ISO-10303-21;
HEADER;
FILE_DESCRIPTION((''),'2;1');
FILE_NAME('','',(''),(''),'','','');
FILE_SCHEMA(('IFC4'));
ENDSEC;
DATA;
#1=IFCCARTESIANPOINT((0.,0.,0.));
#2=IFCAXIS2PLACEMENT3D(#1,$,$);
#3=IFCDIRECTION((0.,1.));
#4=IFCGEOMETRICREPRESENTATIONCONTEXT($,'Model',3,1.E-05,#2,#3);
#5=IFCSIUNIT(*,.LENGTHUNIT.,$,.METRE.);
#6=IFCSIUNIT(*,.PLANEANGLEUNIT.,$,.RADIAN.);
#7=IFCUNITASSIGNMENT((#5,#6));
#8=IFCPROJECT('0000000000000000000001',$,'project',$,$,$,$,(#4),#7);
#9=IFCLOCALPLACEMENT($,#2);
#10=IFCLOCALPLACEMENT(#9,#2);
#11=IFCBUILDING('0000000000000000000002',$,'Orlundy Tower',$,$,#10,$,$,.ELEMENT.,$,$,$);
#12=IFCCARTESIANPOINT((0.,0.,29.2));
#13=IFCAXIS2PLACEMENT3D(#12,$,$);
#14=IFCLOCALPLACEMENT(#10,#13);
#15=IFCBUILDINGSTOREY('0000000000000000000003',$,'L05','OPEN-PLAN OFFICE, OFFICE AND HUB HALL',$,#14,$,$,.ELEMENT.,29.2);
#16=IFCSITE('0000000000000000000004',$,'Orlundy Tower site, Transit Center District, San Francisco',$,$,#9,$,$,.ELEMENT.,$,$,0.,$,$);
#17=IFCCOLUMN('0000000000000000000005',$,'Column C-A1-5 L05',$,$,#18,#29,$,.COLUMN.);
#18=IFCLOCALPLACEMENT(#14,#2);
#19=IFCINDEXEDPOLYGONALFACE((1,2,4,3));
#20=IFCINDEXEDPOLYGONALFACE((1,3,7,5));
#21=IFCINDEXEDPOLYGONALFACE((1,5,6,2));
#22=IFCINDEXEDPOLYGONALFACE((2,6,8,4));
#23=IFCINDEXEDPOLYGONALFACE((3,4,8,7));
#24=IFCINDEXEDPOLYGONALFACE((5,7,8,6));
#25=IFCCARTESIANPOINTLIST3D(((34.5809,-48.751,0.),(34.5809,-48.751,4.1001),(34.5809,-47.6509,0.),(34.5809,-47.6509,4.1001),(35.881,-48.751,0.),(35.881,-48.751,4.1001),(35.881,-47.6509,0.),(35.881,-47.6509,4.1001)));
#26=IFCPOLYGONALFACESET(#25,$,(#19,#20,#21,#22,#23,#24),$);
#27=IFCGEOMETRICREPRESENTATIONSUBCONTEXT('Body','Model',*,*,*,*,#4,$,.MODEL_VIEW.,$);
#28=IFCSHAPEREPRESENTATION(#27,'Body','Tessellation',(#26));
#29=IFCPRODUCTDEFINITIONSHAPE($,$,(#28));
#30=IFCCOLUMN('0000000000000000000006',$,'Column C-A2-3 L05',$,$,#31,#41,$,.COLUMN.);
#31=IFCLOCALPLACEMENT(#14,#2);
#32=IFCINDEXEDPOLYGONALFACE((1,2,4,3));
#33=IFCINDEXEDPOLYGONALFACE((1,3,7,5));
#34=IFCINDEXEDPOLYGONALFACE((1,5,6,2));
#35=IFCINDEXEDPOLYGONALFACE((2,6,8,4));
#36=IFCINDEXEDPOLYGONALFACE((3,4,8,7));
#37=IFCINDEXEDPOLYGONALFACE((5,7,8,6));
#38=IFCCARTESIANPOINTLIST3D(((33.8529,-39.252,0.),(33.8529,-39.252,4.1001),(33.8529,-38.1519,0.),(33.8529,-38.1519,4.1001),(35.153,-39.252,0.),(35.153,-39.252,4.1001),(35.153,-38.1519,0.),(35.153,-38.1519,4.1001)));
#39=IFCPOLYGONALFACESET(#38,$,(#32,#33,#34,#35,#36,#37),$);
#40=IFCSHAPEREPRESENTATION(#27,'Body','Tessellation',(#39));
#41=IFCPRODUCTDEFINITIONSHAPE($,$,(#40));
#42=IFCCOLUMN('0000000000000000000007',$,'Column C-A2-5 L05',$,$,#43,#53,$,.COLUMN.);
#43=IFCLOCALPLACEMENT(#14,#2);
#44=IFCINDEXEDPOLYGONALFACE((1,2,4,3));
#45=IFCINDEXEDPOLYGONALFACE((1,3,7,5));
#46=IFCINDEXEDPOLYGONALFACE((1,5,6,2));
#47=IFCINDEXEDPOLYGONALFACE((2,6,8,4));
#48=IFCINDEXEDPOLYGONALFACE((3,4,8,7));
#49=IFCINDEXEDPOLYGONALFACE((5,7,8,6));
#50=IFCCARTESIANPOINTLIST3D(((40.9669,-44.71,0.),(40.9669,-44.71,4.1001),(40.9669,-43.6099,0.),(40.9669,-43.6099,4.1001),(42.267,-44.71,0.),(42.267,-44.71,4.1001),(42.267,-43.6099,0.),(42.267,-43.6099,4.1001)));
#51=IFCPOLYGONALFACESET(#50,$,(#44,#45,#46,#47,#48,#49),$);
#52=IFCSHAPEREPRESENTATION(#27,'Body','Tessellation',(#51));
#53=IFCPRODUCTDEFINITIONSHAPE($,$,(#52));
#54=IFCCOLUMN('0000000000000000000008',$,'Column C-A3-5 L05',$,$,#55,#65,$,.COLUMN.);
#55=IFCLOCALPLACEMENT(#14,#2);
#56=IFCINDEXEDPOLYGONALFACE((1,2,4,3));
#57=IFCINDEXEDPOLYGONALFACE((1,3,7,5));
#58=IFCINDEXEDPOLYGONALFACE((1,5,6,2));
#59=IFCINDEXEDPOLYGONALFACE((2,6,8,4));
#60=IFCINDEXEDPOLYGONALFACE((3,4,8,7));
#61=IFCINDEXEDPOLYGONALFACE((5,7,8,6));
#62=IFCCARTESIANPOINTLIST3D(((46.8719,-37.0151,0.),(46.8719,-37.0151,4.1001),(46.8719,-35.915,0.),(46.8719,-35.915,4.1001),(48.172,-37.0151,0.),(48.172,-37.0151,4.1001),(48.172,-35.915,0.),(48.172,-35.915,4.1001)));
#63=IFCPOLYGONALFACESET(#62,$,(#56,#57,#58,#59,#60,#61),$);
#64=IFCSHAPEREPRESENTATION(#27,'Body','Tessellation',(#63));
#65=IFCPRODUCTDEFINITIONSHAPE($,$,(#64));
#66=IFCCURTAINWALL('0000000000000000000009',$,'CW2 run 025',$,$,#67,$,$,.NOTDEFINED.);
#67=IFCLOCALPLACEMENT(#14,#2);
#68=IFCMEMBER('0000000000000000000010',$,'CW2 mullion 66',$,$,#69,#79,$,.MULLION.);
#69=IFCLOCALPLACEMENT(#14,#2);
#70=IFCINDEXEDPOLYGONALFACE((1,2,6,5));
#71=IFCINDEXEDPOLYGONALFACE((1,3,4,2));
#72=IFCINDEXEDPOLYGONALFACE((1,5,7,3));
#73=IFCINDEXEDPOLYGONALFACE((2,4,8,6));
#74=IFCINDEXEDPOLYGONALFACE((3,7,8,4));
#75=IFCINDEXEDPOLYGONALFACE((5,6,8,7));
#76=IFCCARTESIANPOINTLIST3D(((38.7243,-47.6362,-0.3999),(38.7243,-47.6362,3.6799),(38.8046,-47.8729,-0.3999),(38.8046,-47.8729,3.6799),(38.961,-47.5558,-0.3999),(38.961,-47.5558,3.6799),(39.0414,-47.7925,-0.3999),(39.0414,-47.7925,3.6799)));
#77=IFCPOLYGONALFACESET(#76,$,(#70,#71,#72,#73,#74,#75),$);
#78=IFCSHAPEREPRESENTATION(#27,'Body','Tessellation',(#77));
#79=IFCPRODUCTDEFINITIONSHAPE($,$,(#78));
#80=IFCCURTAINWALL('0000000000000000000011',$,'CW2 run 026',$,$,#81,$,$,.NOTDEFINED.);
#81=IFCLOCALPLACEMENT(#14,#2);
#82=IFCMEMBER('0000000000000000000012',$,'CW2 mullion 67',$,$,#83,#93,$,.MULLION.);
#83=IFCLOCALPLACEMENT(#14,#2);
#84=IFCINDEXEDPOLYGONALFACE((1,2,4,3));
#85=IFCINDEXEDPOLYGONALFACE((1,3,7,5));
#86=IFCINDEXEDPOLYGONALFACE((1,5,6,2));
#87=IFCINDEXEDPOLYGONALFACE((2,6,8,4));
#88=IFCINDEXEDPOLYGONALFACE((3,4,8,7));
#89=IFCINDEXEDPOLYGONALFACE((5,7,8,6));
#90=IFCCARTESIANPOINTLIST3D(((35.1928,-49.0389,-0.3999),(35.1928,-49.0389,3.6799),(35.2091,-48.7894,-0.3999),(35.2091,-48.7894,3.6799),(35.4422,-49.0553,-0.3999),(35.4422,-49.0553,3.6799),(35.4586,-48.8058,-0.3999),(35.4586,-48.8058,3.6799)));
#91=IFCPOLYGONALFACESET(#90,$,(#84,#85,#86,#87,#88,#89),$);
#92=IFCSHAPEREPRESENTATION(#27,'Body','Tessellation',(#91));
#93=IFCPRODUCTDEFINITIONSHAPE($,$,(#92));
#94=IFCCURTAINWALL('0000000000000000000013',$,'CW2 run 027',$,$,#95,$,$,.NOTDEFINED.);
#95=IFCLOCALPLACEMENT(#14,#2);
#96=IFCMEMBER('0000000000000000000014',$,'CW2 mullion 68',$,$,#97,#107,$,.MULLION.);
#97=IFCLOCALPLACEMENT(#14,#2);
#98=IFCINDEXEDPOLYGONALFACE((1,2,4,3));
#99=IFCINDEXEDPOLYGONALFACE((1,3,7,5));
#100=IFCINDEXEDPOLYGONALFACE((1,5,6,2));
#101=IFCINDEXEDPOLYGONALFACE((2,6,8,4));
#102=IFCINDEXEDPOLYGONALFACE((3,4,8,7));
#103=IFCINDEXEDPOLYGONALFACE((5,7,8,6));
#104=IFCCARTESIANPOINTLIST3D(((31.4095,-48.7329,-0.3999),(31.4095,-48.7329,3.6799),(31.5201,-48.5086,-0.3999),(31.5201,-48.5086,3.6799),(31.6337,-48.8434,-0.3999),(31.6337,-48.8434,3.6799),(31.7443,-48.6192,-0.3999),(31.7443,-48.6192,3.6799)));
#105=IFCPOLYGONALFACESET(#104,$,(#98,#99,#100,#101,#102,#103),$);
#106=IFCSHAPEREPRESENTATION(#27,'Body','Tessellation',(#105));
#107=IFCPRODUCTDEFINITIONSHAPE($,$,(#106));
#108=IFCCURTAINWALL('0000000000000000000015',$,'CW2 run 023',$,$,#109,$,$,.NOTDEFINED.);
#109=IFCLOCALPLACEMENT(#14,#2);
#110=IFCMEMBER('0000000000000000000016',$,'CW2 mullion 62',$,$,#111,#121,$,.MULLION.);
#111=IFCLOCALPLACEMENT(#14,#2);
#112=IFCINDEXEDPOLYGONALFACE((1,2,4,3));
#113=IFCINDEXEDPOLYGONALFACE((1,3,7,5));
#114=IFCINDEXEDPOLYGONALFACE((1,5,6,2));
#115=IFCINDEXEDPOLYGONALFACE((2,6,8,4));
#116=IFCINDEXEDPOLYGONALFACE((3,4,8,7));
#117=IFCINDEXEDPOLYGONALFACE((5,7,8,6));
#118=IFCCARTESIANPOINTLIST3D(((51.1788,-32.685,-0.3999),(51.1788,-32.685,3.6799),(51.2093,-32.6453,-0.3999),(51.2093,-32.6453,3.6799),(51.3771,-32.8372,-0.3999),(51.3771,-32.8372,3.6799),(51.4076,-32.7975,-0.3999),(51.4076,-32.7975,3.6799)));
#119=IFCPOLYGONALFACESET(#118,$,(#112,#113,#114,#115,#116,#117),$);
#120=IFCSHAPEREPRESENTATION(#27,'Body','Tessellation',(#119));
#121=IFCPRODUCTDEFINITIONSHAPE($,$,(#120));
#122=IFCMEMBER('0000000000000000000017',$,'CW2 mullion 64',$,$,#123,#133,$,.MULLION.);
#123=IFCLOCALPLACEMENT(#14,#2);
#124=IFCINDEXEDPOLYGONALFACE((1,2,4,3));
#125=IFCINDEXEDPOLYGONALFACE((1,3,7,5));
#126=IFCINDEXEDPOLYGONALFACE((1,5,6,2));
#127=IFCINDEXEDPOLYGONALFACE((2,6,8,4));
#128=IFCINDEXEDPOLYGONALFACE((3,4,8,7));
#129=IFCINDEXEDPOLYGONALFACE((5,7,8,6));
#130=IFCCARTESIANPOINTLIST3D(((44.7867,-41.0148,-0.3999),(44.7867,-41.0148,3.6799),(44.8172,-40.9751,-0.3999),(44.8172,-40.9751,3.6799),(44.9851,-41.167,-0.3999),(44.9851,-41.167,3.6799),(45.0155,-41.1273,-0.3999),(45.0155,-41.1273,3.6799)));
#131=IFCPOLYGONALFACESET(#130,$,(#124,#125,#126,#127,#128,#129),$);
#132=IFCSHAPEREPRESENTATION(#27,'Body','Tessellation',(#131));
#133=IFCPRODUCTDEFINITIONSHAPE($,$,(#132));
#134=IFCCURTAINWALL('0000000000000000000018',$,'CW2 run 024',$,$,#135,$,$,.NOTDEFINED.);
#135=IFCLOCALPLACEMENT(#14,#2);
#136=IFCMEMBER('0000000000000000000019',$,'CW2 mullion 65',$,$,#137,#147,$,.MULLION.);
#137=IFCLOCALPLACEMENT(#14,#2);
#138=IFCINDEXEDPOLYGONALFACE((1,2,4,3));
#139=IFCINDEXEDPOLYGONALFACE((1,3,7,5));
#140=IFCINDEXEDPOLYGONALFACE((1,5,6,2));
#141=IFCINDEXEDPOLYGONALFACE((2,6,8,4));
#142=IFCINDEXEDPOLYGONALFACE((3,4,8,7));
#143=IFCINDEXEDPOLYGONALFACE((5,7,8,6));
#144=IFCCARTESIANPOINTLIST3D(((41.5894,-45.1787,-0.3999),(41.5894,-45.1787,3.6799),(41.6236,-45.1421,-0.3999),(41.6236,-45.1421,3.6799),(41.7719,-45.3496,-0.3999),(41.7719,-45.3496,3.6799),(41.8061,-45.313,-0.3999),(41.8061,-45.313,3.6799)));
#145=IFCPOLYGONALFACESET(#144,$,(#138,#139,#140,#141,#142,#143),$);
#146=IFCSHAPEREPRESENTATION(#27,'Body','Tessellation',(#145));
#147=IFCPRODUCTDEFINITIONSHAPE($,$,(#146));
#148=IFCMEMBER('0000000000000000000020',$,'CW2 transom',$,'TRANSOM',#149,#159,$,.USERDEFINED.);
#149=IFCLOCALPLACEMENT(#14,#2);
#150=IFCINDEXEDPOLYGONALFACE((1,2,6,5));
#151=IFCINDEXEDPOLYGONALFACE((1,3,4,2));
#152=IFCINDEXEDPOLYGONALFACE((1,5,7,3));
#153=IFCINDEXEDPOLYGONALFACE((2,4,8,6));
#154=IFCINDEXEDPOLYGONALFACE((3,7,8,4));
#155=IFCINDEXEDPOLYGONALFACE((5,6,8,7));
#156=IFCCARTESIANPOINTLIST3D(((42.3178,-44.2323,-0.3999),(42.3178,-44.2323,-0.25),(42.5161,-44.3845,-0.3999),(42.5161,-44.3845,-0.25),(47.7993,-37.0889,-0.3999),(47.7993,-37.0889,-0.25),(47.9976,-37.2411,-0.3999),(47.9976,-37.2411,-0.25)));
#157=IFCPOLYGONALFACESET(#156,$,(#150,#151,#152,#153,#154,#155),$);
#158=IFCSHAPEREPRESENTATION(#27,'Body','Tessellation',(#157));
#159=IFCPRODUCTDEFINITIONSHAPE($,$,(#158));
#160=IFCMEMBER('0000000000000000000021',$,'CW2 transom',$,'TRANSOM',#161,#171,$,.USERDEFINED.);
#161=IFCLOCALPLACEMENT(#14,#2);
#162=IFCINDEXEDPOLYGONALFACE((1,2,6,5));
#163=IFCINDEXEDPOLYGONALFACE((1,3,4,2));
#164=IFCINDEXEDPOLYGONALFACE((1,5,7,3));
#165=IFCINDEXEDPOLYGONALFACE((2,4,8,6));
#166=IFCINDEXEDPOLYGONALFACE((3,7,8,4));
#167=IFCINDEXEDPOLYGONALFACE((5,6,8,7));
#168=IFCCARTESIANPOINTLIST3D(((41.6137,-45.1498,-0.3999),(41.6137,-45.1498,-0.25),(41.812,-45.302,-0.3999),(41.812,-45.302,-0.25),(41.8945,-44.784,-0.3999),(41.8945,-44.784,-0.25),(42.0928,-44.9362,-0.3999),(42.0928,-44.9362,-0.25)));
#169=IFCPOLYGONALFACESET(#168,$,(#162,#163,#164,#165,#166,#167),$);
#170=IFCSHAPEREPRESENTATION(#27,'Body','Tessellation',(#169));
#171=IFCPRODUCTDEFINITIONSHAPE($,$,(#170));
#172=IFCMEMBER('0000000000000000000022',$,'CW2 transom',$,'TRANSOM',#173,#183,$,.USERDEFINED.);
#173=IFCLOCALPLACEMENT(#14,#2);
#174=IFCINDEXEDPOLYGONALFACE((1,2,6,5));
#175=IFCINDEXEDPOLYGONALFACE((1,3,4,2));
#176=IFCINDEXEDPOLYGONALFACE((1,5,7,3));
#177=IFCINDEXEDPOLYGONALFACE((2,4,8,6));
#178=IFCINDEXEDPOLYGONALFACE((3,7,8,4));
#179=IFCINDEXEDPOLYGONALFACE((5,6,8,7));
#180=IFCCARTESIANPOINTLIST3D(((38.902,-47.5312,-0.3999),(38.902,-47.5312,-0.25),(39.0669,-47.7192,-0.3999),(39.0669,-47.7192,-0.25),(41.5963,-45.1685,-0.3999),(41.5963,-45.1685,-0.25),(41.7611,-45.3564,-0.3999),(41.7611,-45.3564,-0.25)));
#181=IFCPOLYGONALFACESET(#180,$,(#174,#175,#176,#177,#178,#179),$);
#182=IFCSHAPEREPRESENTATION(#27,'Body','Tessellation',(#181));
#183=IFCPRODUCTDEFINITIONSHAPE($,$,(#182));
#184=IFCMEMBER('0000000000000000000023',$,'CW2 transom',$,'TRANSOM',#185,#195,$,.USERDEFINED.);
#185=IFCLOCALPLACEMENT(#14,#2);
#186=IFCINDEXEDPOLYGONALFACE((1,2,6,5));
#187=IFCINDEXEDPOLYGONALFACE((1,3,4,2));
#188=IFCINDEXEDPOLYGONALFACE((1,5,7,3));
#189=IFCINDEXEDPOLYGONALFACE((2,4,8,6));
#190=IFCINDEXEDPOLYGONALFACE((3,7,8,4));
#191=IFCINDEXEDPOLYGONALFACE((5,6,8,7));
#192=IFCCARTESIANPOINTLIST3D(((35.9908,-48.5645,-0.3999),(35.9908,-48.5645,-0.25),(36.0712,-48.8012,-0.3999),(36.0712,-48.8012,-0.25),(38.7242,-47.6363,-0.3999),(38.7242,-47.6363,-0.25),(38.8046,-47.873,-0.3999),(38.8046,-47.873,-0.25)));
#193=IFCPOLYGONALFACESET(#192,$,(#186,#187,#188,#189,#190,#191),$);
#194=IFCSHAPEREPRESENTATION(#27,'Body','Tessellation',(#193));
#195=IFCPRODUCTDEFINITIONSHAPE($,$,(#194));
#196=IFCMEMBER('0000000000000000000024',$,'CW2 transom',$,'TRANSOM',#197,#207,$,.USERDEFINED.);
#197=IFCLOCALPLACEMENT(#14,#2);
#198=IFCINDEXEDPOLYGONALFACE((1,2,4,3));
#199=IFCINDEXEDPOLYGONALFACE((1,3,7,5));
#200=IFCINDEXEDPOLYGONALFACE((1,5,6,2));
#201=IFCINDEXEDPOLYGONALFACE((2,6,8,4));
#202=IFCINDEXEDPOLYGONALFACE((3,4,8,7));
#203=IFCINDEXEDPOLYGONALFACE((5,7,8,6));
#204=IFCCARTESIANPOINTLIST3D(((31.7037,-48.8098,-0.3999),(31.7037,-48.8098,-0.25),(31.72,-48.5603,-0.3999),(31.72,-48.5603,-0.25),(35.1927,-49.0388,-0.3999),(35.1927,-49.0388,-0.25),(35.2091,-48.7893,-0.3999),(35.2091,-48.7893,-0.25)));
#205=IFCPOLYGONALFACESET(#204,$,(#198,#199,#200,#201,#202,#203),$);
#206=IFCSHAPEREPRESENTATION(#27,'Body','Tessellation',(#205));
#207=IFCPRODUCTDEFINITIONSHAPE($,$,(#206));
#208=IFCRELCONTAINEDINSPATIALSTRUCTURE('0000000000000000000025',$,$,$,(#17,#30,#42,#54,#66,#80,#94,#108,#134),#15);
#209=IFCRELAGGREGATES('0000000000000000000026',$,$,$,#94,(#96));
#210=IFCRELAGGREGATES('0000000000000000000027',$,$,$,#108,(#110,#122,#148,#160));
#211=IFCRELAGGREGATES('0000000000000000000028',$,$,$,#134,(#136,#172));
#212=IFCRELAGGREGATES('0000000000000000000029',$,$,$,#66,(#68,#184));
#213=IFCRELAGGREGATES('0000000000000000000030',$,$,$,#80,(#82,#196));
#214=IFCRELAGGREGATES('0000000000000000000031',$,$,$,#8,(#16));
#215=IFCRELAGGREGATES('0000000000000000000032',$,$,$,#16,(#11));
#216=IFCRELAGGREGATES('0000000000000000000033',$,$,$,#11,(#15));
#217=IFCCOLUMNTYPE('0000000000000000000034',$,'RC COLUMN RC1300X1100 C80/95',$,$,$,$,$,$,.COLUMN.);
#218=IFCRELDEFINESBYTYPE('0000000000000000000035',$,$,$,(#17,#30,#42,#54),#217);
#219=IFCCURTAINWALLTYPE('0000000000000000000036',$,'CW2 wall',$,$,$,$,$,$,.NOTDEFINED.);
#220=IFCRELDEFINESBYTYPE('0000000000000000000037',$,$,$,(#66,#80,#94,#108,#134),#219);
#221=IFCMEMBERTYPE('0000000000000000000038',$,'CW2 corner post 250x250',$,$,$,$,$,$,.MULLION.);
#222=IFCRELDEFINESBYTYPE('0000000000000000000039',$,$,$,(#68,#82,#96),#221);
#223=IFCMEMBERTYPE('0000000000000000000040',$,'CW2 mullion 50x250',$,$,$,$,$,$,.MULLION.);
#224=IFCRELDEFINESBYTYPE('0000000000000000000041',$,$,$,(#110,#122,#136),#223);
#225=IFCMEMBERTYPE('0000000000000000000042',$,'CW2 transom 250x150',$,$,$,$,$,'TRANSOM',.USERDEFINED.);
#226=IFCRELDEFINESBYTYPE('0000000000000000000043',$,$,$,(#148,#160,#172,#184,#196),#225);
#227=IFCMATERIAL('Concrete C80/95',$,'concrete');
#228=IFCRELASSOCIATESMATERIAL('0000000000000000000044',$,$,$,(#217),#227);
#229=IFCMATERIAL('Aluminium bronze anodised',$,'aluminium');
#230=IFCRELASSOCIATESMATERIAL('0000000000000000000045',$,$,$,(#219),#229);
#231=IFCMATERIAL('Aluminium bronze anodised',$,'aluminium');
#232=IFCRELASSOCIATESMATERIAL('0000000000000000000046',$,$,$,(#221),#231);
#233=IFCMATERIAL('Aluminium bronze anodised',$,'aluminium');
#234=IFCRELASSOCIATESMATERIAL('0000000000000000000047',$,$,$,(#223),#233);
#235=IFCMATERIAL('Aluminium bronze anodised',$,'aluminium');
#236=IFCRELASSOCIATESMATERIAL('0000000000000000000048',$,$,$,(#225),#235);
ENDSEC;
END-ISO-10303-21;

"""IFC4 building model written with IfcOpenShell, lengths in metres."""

from ifc_helpers import new_model, si_unit, direction, frame, origin, origin_2d, place, context, subcontext, project, spatial, rectangle, extrude, material, material_profile, profile_set, type_object, element, aggregate, save


model = new_model("IFC4")

# Units and contexts
model_context = context("Model", 3, precision=1e-05, world=origin(), true_north=direction((0.0, 1.0)))
body_context = subcontext(model_context, "Body", "Model", "MODEL_VIEW")
ifc_project = project(units=[si_unit("LENGTHUNIT", "METRE"), si_unit("PLANEANGLEUNIT", "RADIAN")], contexts=[model_context])

# Site, building, storey
site_placement = place(None, origin())
site = spatial("IfcSite", under=ifc_project, at=site_placement, Name="Orlundy Tower site, Transit Center District, San Francisco", CompositionType="ELEMENT", RefElevation=0.0)
building_placement = place(site_placement, origin())
building = spatial("IfcBuilding", under=site, at=building_placement, Name="Orlundy Tower", CompositionType="ELEMENT")
storey_placement = place(building_placement, frame((0.0, 0.0, 29.2)))
storey = spatial("IfcBuildingStorey", under=building, at=storey_placement, Name="L05", Description="OPEN-PLAN OFFICE, OFFICE AND HUB HALL", CompositionType="ELEMENT", Elevation=29.2)

# Columns
ifc_material_1 = material(Name="Concrete C80/95", Category="concrete")
ifc_material_profile_1 = material_profile(ifc_material_1, rectangle(XDim=1.3, YDim=1.1001, at=origin_2d()), Name="RC1300X1100")
ifc_profile_set_1 = profile_set([ifc_material_profile_1], Name="Concrete C80/95")
column_type = type_object("IfcColumnType", Name="RC COLUMN RC1300X1100 C80/95", PredefinedType="COLUMN", material=ifc_profile_set_1)
for number, where, z_axis, x_axis, name in (
    (1, (35.231, -48.2009, 0.0), (0.0, 0.0, 1.0), (1.0, 0.0, 0.0), "Column C-A1-5 L05"),
    (2, (34.5029, -38.7019, 0.0), (0.0, 0.0, 1.0), (1.0, 0.0, 0.0), "Column C-A2-3 L05"),
    (3, (41.6169, -44.1599, 0.0), (0.0, 0.0, 1.0), (1.0, 0.0, 0.0), "Column C-A2-5 L05"),
    (4, (47.522, -36.4651, 0.0), (0.0, 0.0, 1.0), (1.0, 0.0, 0.0), "Column C-A3-5 L05"),
):
    element("IfcColumn", number, at=place(storey_placement, frame(where, z_axis=z_axis, x_axis=x_axis)), inside=storey, type_object=column_type, Name=name, PredefinedType="COLUMN", context=body_context, shape_type="SweptSolid", body=[
        extrude(rectangle(XDim=1.3, YDim=1.1001, at=origin_2d()), origin(), (0.0, 0.0, 1.0), 4.1001),
    ])

# Curtain walls, members
ifc_material_2 = material(Name="Aluminium bronze anodised", Category="aluminium")
curtain_wall_type = type_object("IfcCurtainWallType", Name="CW2 wall", PredefinedType="NOTDEFINED", material=ifc_material_2)
curtain_wall_1_placement = place(storey_placement, origin())
curtain_wall_1 = element("IfcCurtainWall", 5, at=curtain_wall_1_placement, inside=storey, type_object=curtain_wall_type, Name="CW2 run 025", PredefinedType="NOTDEFINED")
ifc_material_3 = material(Name="Aluminium bronze anodised", Category="aluminium")
ifc_material_profile_2 = material_profile(ifc_material_3, rectangle(XDim=0.25, YDim=0.25, at=origin_2d()), Name="CW2 corner post 250x250")
ifc_profile_set_2 = profile_set([ifc_material_profile_2], Name="Aluminium bronze anodised")
member_type_1 = type_object("IfcMemberType", Name="CW2 corner post 250x250", PredefinedType="MULLION", material=ifc_profile_set_2)
member_1_placement = place(storey_placement, frame((38.8828, -47.7144, -0.3999), z_axis=(0.0, 0.0, 1.0), x_axis=(0.321564, -0.946888, 0.0)))
member_1 = element("IfcMember", 6, at=member_1_placement, type_object=member_type_1, Name="CW2 mullion 66", PredefinedType="MULLION", context=body_context, shape_type="SweptSolid", body=[
    extrude(rectangle(XDim=0.25, YDim=0.25, at=origin_2d()), origin(), (0.0, 0.0, 1.0), 4.0798),
])
curtain_wall_2_placement = place(storey_placement, origin())
curtain_wall_2 = element("IfcCurtainWall", 7, at=curtain_wall_2_placement, inside=storey, type_object=curtain_wall_type, Name="CW2 run 026", PredefinedType="NOTDEFINED")
member_2_placement = place(storey_placement, frame((35.3257, -48.9224, -0.3999), z_axis=(0.0, 0.0, 1.0), x_axis=(-0.065552, -0.997849, 0.0)))
member_2 = element("IfcMember", 8, at=member_2_placement, type_object=member_type_1, Name="CW2 mullion 67", PredefinedType="MULLION", context=body_context, shape_type="SweptSolid", body=[
    extrude(rectangle(XDim=0.25, YDim=0.25, at=origin_2d()), origin(), (0.0, 0.0, 1.0), 4.0798),
])
curtain_wall_3_placement = place(storey_placement, origin())
curtain_wall_3 = element("IfcCurtainWall", 9, at=curtain_wall_3_placement, inside=storey, type_object=curtain_wall_type, Name="CW2 run 027", PredefinedType="NOTDEFINED")
member_3_placement = place(storey_placement, frame((31.5769, -48.676, -0.3999), z_axis=(0.0, 0.0, 1.0), x_axis=(-0.442242, -0.896896, 0.0)))
member_3 = element("IfcMember", 10, at=member_3_placement, type_object=member_type_1, Name="CW2 mullion 68", PredefinedType="MULLION", context=body_context, shape_type="SweptSolid", body=[
    extrude(rectangle(XDim=0.25, YDim=0.25, at=origin_2d()), origin(), (0.0, 0.0, 1.0), 4.0798),
])

# Curtain wall, members
curtain_wall_4_placement = place(storey_placement, origin())
curtain_wall_4 = element("IfcCurtainWall", 11, at=curtain_wall_4_placement, inside=storey, type_object=curtain_wall_type, Name="CW2 run 023", PredefinedType="NOTDEFINED")
ifc_material_4 = material(Name="Aluminium bronze anodised", Category="aluminium")
ifc_material_profile_3 = material_profile(ifc_material_4, rectangle(XDim=0.25, YDim=0.05, at=origin_2d()), Name="CW2 mullion 50x250")
ifc_profile_set_3 = profile_set([ifc_material_profile_3], Name="Aluminium bronze anodised")
member_type_2 = type_object("IfcMemberType", Name="CW2 mullion 50x250", PredefinedType="MULLION", material=ifc_profile_set_3)
member_4_placement = place(storey_placement, frame((51.2932, -32.7412, -0.3999), z_axis=(0.0, 0.0, 1.0), x_axis=(0.793346, -0.608771, 0.0)))
member_4 = element("IfcMember", 12, at=member_4_placement, type_object=member_type_2, Name="CW2 mullion 62", PredefinedType="MULLION", context=body_context, shape_type="SweptSolid", body=[
    extrude(rectangle(XDim=0.25, YDim=0.05, at=origin_2d()), origin(), (0.0, 0.0, 1.0), 4.0798),
])
member_5_placement = place(storey_placement, frame((44.9011, -41.071, -0.3999), z_axis=(0.0, 0.0, 1.0), x_axis=(0.793346, -0.608771, 0.0)))
member_5 = element("IfcMember", 13, at=member_5_placement, type_object=member_type_2, Name="CW2 mullion 64", PredefinedType="MULLION", context=body_context, shape_type="SweptSolid", body=[
    extrude(rectangle(XDim=0.25, YDim=0.05, at=origin_2d()), origin(), (0.0, 0.0, 1.0), 4.0798),
])

# Curtain wall, member
curtain_wall_5_placement = place(storey_placement, origin())
curtain_wall_5 = element("IfcCurtainWall", 14, at=curtain_wall_5_placement, inside=storey, type_object=curtain_wall_type, Name="CW2 run 024", PredefinedType="NOTDEFINED")
member_6_placement = place(storey_placement, frame((41.6978, -45.2458, -0.3999), z_axis=(0.0, 0.0, 1.0), x_axis=(0.729851, -0.683607, 0.0)))
member_6 = element("IfcMember", 15, at=member_6_placement, type_object=member_type_2, Name="CW2 mullion 65", PredefinedType="MULLION", context=body_context, shape_type="SweptSolid", body=[
    extrude(rectangle(XDim=0.25, YDim=0.05, at=origin_2d()), origin(), (0.0, 0.0, 1.0), 4.0798),
])

# Members
ifc_material_5 = material(Name="Aluminium bronze anodised", Category="aluminium")
ifc_material_profile_4 = material_profile(ifc_material_5, rectangle(XDim=0.25, YDim=0.1499, at=origin_2d()), Name="CW2 transom 250x150")
ifc_profile_set_4 = profile_set([ifc_material_profile_4], Name="Aluminium bronze anodised")
member_type_3 = type_object("IfcMemberType", Name="CW2 transom 250x150", ElementType="TRANSOM", PredefinedType="USERDEFINED", material=ifc_profile_set_4)
member_7_placement = place(storey_placement, frame((47.8984, -37.165, -0.325), z_axis=(-0.608775, -0.793343, 0.0), x_axis=(0.793343, -0.608775, 0.0)))
member_7 = element("IfcMember", 16, at=member_7_placement, type_object=member_type_3, Name="CW2 transom", ObjectType="TRANSOM", PredefinedType="USERDEFINED", context=body_context, shape_type="SweptSolid", body=[
    extrude(rectangle(XDim=0.25, YDim=0.1499, at=origin_2d()), origin(), (0.0, 0.0, 1.0), 9.0042),
])
member_8_placement = place(storey_placement, frame((41.9937, -44.8601, -0.325), z_axis=(-0.608943, -0.793214, 0.0), x_axis=(0.793214, -0.608943, 0.0)))
member_8 = element("IfcMember", 17, at=member_8_placement, type_object=member_type_3, Name="CW2 transom", ObjectType="TRANSOM", PredefinedType="USERDEFINED", context=body_context, shape_type="SweptSolid", body=[
    extrude(rectangle(XDim=0.25, YDim=0.1499, at=origin_2d()), origin(), (0.0, 0.0, 1.0), 0.4612),
])
member_9_placement = place(storey_placement, frame((41.6787, -45.2625, -0.325), z_axis=(-0.75185, -0.659334, 0.0), x_axis=(0.659334, -0.75185, 0.0)))
member_9 = element("IfcMember", 18, at=member_9_placement, type_object=member_type_3, Name="CW2 transom", ObjectType="TRANSOM", PredefinedType="USERDEFINED", context=body_context, shape_type="SweptSolid", body=[
    extrude(rectangle(XDim=0.25, YDim=0.1499, at=origin_2d()), origin(), (0.0, 0.0, 1.0), 3.5835),
])
member_10_placement = place(storey_placement, frame((38.7644, -47.7546, -0.325), z_axis=(-0.946892, -0.321551, 0.0), x_axis=(0.321551, -0.946892, 0.0)))
member_10 = element("IfcMember", 19, at=member_10_placement, type_object=member_type_3, Name="CW2 transom", ObjectType="TRANSOM", PredefinedType="USERDEFINED", context=body_context, shape_type="SweptSolid", body=[
    extrude(rectangle(XDim=0.25, YDim=0.1499, at=origin_2d()), origin(), (0.0, 0.0, 1.0), 2.8867),
])
member_11_placement = place(storey_placement, frame((35.2009, -48.9141, -0.325), z_axis=(-0.997853, 0.065495, 0.0), x_axis=(-0.065495, -0.997853, 0.0)))
member_11 = element("IfcMember", 20, at=member_11_placement, type_object=member_type_3, Name="CW2 transom", ObjectType="TRANSOM", PredefinedType="USERDEFINED", context=body_context, shape_type="SweptSolid", body=[
    extrude(rectangle(XDim=0.25, YDim=0.1499, at=origin_2d()), origin(), (0.0, 0.0, 1.0), 3.4966),
])
aggregate(curtain_wall_3, [member_3])

aggregate(curtain_wall_4, [member_4, member_5, member_7, member_8])
aggregate(curtain_wall_5, [member_6, member_9])
aggregate(curtain_wall_1, [member_1, member_10])
aggregate(curtain_wall_2, [member_2, member_11])

save(model, "model.ifc")
